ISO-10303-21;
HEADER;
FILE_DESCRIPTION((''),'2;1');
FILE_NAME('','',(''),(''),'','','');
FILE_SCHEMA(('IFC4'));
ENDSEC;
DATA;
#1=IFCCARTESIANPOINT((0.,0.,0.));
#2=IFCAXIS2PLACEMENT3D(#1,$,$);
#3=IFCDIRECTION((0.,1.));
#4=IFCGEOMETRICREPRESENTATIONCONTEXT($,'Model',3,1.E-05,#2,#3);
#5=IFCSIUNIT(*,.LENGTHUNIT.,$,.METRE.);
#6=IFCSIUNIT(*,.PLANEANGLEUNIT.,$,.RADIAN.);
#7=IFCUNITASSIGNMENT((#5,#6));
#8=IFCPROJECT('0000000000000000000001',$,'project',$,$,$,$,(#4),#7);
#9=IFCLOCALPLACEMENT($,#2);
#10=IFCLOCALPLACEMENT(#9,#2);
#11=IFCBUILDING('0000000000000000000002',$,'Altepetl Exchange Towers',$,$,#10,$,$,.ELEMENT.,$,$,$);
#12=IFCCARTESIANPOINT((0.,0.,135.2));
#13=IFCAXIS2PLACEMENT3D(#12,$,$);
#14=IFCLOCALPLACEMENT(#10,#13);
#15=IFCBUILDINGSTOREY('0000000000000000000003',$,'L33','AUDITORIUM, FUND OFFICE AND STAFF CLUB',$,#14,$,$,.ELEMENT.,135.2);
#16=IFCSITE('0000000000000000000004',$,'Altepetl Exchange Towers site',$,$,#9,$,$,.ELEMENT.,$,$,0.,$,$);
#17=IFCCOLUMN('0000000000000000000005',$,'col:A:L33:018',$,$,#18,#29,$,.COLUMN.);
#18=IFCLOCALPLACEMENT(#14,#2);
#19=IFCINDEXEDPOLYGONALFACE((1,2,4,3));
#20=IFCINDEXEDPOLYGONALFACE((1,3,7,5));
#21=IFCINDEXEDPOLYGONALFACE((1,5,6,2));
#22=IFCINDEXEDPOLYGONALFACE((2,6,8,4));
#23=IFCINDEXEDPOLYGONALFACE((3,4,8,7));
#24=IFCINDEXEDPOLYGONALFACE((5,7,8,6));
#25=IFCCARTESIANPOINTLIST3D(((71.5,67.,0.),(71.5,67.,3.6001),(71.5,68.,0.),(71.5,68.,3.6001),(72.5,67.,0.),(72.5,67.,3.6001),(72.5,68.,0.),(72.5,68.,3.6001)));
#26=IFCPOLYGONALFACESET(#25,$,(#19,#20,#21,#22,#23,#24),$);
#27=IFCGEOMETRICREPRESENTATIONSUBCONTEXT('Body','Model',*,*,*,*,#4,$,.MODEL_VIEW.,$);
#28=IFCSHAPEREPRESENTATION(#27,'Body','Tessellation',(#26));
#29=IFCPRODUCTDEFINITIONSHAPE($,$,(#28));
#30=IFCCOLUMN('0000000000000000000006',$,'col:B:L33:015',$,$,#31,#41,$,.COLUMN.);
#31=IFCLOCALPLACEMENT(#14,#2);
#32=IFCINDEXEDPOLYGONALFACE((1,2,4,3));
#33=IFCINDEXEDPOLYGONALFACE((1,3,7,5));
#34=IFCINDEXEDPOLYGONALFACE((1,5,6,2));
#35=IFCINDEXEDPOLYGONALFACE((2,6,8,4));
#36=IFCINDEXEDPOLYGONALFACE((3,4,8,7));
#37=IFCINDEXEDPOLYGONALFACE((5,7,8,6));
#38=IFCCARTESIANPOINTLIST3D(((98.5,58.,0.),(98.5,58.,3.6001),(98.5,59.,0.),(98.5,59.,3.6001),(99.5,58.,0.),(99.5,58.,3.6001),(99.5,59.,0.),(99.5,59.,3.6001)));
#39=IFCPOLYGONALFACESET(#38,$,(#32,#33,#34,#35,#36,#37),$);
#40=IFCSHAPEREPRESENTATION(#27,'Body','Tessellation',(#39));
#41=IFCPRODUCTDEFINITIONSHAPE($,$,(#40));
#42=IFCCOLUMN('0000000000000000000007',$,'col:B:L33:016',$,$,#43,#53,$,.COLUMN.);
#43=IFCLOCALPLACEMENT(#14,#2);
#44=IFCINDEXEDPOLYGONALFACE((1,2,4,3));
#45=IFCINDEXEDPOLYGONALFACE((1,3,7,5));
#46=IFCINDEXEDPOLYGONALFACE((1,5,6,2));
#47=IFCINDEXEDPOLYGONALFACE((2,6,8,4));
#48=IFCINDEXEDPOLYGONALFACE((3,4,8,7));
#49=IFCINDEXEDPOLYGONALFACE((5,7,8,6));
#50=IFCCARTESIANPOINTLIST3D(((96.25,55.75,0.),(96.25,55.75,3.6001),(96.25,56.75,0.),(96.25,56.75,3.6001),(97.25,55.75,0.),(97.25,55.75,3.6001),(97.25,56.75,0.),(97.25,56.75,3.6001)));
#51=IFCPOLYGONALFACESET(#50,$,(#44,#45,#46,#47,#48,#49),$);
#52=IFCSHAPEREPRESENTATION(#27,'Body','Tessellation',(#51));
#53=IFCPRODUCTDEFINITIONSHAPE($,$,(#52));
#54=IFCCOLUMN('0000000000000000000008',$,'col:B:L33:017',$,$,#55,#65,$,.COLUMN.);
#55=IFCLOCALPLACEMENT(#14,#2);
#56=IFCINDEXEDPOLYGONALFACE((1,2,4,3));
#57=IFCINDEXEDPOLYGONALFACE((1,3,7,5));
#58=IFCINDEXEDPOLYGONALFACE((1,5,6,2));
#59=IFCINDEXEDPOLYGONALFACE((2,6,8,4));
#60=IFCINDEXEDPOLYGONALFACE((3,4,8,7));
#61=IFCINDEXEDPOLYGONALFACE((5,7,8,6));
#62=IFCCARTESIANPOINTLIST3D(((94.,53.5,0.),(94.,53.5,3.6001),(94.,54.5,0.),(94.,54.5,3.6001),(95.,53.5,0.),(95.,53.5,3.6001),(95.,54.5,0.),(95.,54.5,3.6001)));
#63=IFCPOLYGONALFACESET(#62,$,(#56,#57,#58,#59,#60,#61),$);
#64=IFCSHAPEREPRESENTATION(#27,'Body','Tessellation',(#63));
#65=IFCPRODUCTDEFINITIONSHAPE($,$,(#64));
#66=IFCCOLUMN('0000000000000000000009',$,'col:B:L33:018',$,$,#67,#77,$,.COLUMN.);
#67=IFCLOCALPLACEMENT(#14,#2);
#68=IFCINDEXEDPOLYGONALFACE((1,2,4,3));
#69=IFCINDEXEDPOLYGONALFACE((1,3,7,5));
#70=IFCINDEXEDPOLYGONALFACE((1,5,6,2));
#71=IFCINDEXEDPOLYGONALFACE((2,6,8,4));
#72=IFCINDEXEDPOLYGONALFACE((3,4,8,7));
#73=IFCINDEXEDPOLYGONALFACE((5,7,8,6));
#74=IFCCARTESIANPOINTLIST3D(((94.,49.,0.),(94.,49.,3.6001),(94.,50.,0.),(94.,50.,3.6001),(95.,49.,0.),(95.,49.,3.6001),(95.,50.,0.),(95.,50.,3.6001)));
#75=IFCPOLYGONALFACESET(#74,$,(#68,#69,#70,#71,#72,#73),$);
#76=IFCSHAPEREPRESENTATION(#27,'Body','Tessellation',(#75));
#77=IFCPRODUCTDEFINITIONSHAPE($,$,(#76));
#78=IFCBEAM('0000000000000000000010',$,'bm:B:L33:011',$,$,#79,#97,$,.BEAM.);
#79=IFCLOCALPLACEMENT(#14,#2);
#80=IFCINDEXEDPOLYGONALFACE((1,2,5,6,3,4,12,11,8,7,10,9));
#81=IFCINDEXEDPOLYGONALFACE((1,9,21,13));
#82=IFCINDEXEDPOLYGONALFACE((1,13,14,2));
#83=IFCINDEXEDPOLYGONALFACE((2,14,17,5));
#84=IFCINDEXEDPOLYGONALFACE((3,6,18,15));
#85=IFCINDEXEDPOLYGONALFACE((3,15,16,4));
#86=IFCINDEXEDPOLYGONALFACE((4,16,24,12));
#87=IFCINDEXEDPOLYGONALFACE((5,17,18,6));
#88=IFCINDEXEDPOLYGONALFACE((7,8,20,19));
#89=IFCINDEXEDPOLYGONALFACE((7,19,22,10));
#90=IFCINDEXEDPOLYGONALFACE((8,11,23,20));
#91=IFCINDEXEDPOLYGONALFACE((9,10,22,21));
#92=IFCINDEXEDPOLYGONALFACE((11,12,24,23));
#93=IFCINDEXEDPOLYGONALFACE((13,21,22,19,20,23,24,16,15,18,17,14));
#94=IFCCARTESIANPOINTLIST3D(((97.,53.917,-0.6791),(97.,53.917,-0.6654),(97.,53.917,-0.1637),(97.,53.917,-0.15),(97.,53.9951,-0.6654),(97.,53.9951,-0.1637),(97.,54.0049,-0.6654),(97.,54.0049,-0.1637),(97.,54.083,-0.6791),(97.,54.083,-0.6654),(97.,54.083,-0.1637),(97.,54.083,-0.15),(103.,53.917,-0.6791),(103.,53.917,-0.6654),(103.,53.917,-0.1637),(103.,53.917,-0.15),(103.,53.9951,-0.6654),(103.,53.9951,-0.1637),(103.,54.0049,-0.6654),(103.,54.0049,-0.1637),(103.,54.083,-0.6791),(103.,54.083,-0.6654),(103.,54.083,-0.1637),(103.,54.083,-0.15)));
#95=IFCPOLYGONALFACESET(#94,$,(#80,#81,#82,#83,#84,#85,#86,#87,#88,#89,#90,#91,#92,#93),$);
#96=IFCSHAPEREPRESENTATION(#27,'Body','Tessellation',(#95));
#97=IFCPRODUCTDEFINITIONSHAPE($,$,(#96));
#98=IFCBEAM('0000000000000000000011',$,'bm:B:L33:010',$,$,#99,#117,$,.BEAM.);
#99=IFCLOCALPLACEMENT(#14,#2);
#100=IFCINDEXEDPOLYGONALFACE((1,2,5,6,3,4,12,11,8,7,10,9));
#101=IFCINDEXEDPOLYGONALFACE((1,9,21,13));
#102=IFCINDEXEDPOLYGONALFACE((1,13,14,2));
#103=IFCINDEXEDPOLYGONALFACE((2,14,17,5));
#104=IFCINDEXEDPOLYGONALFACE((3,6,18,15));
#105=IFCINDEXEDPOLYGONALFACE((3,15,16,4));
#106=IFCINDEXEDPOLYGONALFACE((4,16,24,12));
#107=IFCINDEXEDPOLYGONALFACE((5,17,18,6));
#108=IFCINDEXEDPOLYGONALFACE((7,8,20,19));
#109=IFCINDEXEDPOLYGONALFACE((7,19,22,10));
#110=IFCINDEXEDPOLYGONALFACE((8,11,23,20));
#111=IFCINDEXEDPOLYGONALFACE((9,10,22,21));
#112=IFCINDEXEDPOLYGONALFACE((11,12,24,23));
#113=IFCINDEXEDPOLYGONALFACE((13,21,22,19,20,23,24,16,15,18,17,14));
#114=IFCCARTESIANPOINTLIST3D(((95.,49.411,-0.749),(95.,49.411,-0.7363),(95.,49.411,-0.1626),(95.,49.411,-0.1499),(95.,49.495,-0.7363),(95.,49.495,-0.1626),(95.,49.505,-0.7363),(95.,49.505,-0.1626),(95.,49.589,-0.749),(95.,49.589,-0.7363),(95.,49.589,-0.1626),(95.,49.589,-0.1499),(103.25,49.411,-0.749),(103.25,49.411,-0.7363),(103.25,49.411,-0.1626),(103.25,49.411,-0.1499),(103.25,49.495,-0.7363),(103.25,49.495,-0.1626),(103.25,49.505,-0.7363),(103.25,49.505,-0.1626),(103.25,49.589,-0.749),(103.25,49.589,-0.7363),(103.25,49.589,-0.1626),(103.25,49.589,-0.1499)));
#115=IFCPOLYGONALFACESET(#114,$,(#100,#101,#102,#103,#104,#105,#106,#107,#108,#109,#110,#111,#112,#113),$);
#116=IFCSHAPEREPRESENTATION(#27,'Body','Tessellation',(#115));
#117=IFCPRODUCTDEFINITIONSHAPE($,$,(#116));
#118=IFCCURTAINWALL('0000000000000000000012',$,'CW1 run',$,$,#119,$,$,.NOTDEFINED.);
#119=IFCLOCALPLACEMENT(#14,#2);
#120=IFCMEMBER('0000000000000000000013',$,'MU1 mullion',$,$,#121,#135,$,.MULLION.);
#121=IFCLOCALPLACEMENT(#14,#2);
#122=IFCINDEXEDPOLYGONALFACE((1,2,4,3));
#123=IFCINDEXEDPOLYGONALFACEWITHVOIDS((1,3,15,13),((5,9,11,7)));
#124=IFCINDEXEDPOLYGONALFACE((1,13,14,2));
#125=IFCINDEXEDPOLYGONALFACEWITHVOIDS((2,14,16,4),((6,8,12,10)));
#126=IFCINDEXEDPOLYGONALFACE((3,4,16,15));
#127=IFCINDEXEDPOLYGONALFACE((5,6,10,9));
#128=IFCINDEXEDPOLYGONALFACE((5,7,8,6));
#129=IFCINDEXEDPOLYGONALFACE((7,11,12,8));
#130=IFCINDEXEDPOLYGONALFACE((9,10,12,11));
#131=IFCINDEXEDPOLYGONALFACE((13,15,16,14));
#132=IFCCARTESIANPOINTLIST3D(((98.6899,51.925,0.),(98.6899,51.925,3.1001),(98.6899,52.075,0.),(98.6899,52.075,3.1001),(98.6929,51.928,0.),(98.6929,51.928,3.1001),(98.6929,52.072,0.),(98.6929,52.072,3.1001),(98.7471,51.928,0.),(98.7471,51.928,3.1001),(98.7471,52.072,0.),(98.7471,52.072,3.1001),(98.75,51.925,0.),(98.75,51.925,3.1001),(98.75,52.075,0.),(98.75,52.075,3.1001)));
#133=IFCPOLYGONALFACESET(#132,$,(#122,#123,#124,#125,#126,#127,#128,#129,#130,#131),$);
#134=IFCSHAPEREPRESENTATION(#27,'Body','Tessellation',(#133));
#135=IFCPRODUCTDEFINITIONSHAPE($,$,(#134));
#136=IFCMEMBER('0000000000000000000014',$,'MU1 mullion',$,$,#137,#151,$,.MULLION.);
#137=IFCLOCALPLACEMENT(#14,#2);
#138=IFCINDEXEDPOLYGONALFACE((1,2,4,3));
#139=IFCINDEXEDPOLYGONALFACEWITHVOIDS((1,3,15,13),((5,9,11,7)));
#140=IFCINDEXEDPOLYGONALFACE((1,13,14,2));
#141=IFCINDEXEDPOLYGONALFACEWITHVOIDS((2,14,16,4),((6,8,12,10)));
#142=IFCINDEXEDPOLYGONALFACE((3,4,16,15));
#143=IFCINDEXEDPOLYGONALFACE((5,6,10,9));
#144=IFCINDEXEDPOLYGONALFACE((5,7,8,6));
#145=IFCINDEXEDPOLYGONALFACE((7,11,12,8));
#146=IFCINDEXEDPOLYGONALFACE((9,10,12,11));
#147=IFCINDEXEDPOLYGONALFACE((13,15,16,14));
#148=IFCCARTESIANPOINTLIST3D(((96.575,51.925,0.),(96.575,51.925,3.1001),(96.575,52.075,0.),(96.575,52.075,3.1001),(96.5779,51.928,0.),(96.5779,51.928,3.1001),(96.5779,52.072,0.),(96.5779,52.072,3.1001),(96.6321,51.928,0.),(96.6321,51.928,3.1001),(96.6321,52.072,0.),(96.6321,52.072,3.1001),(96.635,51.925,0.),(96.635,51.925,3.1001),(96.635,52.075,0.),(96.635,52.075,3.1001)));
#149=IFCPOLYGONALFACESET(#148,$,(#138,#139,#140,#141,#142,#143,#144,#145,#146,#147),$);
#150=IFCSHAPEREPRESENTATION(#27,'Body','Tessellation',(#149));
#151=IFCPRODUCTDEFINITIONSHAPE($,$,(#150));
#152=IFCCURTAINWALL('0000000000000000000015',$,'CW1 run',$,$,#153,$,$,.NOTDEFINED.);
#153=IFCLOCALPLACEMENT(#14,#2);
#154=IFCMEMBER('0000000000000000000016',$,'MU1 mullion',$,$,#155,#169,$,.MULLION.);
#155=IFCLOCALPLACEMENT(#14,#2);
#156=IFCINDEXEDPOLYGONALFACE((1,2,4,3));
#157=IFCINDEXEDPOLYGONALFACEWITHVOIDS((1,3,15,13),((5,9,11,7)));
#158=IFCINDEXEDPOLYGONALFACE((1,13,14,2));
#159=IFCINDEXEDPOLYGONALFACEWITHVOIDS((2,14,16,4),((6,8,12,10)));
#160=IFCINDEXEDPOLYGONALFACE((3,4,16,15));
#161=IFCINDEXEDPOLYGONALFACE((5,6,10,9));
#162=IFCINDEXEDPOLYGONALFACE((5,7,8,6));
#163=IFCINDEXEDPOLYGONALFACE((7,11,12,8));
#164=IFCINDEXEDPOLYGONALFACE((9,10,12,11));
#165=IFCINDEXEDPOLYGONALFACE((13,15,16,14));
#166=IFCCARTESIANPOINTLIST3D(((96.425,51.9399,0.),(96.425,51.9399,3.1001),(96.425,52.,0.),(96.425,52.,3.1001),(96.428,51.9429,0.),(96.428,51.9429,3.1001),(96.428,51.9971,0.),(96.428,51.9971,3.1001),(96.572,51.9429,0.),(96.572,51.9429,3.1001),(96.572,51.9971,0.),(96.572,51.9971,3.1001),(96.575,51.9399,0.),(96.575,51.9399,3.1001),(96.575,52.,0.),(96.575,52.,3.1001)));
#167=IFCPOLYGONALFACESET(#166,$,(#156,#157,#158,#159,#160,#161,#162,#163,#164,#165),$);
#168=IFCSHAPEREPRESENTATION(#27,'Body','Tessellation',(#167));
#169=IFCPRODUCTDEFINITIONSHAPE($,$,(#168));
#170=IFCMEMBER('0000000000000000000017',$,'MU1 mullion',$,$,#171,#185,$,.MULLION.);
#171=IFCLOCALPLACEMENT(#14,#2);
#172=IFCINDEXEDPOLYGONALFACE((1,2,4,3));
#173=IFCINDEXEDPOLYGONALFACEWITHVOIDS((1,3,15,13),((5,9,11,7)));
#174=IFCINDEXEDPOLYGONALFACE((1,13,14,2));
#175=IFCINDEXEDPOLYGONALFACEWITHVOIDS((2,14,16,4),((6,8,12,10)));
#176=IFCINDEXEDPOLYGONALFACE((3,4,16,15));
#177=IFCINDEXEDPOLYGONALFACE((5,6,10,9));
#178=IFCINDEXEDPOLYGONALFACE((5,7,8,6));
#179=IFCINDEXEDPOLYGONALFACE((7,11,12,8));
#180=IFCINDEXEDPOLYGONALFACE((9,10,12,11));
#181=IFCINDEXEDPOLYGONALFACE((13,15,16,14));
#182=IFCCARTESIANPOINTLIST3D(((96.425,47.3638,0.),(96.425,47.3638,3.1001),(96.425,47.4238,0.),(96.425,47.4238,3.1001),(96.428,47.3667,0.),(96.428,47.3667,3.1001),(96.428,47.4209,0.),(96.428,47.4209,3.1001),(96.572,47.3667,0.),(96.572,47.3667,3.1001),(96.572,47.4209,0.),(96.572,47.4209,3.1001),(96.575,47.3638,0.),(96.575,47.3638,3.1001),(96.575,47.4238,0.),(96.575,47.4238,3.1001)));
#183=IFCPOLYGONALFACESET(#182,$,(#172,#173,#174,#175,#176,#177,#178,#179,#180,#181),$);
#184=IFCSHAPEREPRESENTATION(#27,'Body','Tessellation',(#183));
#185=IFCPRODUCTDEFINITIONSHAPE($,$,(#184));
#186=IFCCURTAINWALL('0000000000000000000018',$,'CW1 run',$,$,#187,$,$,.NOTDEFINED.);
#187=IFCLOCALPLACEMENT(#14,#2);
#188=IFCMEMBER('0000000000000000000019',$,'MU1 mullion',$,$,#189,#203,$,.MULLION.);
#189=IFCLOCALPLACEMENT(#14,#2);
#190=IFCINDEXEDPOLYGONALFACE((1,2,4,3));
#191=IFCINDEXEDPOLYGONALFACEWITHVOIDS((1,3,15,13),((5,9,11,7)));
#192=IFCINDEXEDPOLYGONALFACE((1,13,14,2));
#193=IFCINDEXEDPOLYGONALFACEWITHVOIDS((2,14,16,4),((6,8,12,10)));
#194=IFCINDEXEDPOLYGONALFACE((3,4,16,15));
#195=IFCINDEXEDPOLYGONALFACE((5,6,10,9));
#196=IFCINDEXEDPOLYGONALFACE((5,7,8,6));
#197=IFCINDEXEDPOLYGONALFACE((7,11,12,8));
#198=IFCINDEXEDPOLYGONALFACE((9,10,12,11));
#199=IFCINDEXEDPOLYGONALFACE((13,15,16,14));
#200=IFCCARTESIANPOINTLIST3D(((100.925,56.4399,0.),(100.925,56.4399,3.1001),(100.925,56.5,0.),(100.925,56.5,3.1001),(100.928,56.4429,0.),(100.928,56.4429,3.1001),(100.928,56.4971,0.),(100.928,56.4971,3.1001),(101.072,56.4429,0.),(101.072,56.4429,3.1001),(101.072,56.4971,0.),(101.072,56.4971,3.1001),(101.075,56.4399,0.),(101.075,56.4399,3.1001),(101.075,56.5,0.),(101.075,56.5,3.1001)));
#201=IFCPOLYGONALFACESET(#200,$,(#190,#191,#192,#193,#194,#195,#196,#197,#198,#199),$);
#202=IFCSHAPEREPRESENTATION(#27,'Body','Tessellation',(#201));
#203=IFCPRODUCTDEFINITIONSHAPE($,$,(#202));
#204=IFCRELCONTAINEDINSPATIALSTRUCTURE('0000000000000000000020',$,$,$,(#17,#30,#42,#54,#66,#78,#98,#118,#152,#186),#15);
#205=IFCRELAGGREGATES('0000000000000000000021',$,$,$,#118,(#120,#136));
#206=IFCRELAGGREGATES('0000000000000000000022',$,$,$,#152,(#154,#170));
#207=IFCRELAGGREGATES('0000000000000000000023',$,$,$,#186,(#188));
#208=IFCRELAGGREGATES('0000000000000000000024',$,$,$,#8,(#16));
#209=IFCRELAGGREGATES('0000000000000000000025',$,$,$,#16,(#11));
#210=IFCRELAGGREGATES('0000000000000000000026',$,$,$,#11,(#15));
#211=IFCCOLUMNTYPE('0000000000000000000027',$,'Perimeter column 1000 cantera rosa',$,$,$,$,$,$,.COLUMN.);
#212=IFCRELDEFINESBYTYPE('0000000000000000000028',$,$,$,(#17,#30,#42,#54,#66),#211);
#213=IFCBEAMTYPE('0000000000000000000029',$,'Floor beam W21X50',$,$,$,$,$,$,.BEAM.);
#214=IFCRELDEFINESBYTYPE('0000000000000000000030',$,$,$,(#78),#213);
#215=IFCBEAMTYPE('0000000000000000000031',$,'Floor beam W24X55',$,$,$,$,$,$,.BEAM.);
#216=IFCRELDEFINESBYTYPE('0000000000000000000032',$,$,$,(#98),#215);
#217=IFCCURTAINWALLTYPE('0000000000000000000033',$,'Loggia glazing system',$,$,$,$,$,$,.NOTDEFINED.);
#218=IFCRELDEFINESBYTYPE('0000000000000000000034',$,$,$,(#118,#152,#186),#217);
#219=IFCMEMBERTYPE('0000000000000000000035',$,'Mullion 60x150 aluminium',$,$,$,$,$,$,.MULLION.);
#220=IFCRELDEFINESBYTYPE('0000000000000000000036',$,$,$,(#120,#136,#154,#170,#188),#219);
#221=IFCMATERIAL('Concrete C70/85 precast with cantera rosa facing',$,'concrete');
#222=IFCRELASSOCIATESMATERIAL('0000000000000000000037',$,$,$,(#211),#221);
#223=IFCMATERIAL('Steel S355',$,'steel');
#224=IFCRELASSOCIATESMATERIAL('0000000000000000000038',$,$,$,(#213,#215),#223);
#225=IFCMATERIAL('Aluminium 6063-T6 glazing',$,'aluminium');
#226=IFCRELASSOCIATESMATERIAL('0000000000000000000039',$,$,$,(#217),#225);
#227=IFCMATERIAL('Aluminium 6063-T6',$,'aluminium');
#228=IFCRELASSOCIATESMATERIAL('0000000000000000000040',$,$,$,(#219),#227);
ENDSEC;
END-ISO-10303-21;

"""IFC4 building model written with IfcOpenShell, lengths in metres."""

from ifc_helpers import new_model, si_unit, direction, frame, origin, origin_2d, place, context, subcontext, project, spatial, rectangle, hollow_rectangle, i_section, extrude, material, material_profile, profile_set, type_object, element, aggregate, save


model = new_model("IFC4")

# Units and contexts
model_context = context("Model", 3, precision=1e-05, world=origin(), true_north=direction((0.0, 1.0)))
body_context = subcontext(model_context, "Body", "Model", "MODEL_VIEW")
ifc_project = project(units=[si_unit("LENGTHUNIT", "METRE"), si_unit("PLANEANGLEUNIT", "RADIAN")], contexts=[model_context])

# Site, building, storey
site_placement = place(None, origin())
site = spatial("IfcSite", under=ifc_project, at=site_placement, Name="Altepetl Exchange Towers site", CompositionType="ELEMENT", RefElevation=0.0)
building_placement = place(site_placement, origin())
building = spatial("IfcBuilding", under=site, at=building_placement, Name="Altepetl Exchange Towers", CompositionType="ELEMENT")
storey_placement = place(building_placement, frame((0.0, 0.0, 135.2)))
storey = spatial("IfcBuildingStorey", under=building, at=storey_placement, Name="L33", Description="AUDITORIUM, FUND OFFICE AND STAFF CLUB", CompositionType="ELEMENT", Elevation=135.2)

# Columns
ifc_material_1 = material(Name="Concrete C70/85 precast with cantera rosa facing", Category="concrete")
ifc_material_profile_1 = material_profile(ifc_material_1, rectangle(XDim=1.0, YDim=1.0, at=origin_2d()), Name="1000 x 1000")
ifc_profile_set_1 = profile_set([ifc_material_profile_1], Name="Concrete C70/85 precast with cantera rosa facing")
column_type = type_object("IfcColumnType", Name="Perimeter column 1000 cantera rosa", PredefinedType="COLUMN", material=ifc_profile_set_1)
for number, where, name in (
    (1, (72.0, 67.5, 0.0), "col:A:L33:018"),
    (2, (99.0, 58.5, 0.0), "col:B:L33:015"),
    (3, (96.75, 56.25, 0.0), "col:B:L33:016"),
    (4, (94.5, 54.0, 0.0), "col:B:L33:017"),
    (5, (94.5, 49.5, 0.0), "col:B:L33:018"),
):
    element("IfcColumn", number, at=place(storey_placement, frame(where)), inside=storey, type_object=column_type, Name=name, PredefinedType="COLUMN", context=body_context, shape_type="SweptSolid", body=[
        extrude(rectangle(XDim=1.0, YDim=1.0, at=origin_2d()), origin(), (0.0, 0.0, 1.0), 3.6001),
    ])

# Beams
ifc_material_2 = material(Name="Steel S355", Category="steel")
ifc_material_profile_2 = material_profile(ifc_material_2, i_section(OverallWidth=0.166, OverallDepth=0.5291, WebThickness=0.0098, FlangeThickness=0.0137, at=origin_2d()), Name="W21X50")
ifc_profile_set_2 = profile_set([ifc_material_profile_2], Name="Steel S355")
beam_type_1 = type_object("IfcBeamType", Name="Floor beam W21X50", PredefinedType="BEAM", material=ifc_profile_set_2)
beam_1_placement = place(storey_placement, frame((97.0, 54.0, -0.4146), z_axis=(1.0, 0.0, 0.0), x_axis=(0.0, 1.0, 0.0)))
element("IfcBeam", 6, at=beam_1_placement, inside=storey, type_object=beam_type_1, Name="bm:B:L33:011", PredefinedType="BEAM", context=body_context, shape_type="SweptSolid", body=[
    extrude(i_section(OverallWidth=0.166, OverallDepth=0.5291, WebThickness=0.0098, FlangeThickness=0.0137, at=origin_2d()), origin(), (0.0, 0.0, 1.0), 6.0),
])
ifc_material_profile_3 = material_profile(ifc_material_2, i_section(OverallWidth=0.178, OverallDepth=0.5991, WebThickness=0.01, FlangeThickness=0.0127, at=origin_2d()), Name="W24X55")
ifc_profile_set_3 = profile_set([ifc_material_profile_3], Name="Steel S355")
beam_type_2 = type_object("IfcBeamType", Name="Floor beam W24X55", PredefinedType="BEAM", material=ifc_profile_set_3)
beam_2_placement = place(storey_placement, frame((95.0, 49.5, -0.4495), z_axis=(1.0, 0.0, 0.0), x_axis=(0.0, 1.0, 0.0)))
element("IfcBeam", 7, at=beam_2_placement, inside=storey, type_object=beam_type_2, Name="bm:B:L33:010", PredefinedType="BEAM", context=body_context, shape_type="SweptSolid", body=[
    extrude(i_section(OverallWidth=0.178, OverallDepth=0.5991, WebThickness=0.01, FlangeThickness=0.0127, at=origin_2d()), origin(), (0.0, 0.0, 1.0), 8.25),
])

# Curtain walls, members
ifc_material_3 = material(Name="Aluminium 6063-T6 glazing", Category="aluminium")
curtain_wall_type = type_object("IfcCurtainWallType", Name="Loggia glazing system", PredefinedType="NOTDEFINED", material=ifc_material_3)
curtain_wall_1_placement = place(storey_placement, origin())
curtain_wall_1 = element("IfcCurtainWall", 8, at=curtain_wall_1_placement, inside=storey, type_object=curtain_wall_type, Name="CW1 run", PredefinedType="NOTDEFINED")
ifc_material_4 = material(Name="Aluminium 6063-T6", Category="aluminium")
ifc_material_profile_4 = material_profile(ifc_material_4, hollow_rectangle(XDim=0.0601, YDim=0.1499, WallThickness=0.0029, at=origin_2d()), Name="Mullion 60x150 aluminium")
ifc_profile_set_4 = profile_set([ifc_material_profile_4], Name="Aluminium 6063-T6")
member_type = type_object("IfcMemberType", Name="Mullion 60x150 aluminium", PredefinedType="MULLION", material=ifc_profile_set_4)
member_1_placement = place(storey_placement, frame((98.72, 52.0, 0.0), z_axis=(0.0, 0.0, 1.0), x_axis=(-1.0, 0.0, 0.0)))
member_1 = element("IfcMember", 9, at=member_1_placement, type_object=member_type, Name="MU1 mullion", PredefinedType="MULLION", context=body_context, shape_type="SweptSolid", body=[
    extrude(hollow_rectangle(XDim=0.0601, YDim=0.1499, WallThickness=0.0029, at=origin_2d()), origin(), (0.0, 0.0, 1.0), 3.1001),
])
member_2_placement = place(storey_placement, frame((96.605, 52.0, 0.0), z_axis=(0.0, 0.0, 1.0), x_axis=(-1.0, 0.0, 0.0)))
member_2 = element("IfcMember", 10, at=member_2_placement, type_object=member_type, Name="MU1 mullion", PredefinedType="MULLION", context=body_context, shape_type="SweptSolid", body=[
    extrude(hollow_rectangle(XDim=0.0601, YDim=0.1499, WallThickness=0.0029, at=origin_2d()), origin(), (0.0, 0.0, 1.0), 3.1001),
])
curtain_wall_2_placement = place(storey_placement, origin())
curtain_wall_2 = element("IfcCurtainWall", 11, at=curtain_wall_2_placement, inside=storey, type_object=curtain_wall_type, Name="CW1 run", PredefinedType="NOTDEFINED")
member_3_placement = place(storey_placement, frame((96.5, 51.97, 0.0), z_axis=(0.0, 0.0, 1.0), x_axis=(0.0, -1.0, 0.0)))
member_3 = element("IfcMember", 12, at=member_3_placement, type_object=member_type, Name="MU1 mullion", PredefinedType="MULLION", context=body_context, shape_type="SweptSolid", body=[
    extrude(hollow_rectangle(XDim=0.0601, YDim=0.1499, WallThickness=0.0029, at=origin_2d()), origin(), (0.0, 0.0, 1.0), 3.1001),
])
member_4_placement = place(storey_placement, frame((96.5, 47.3938, 0.0), z_axis=(0.0, 0.0, 1.0), x_axis=(0.0, -1.0, 0.0)))
member_4 = element("IfcMember", 13, at=member_4_placement, type_object=member_type, Name="MU1 mullion", PredefinedType="MULLION", context=body_context, shape_type="SweptSolid", body=[
    extrude(hollow_rectangle(XDim=0.0601, YDim=0.1499, WallThickness=0.0029, at=origin_2d()), origin(), (0.0, 0.0, 1.0), 3.1001),
])
curtain_wall_3_placement = place(storey_placement, origin())
curtain_wall_3 = element("IfcCurtainWall", 14, at=curtain_wall_3_placement, inside=storey, type_object=curtain_wall_type, Name="CW1 run", PredefinedType="NOTDEFINED")
member_5_placement = place(storey_placement, frame((101.0, 56.47, 0.0), z_axis=(0.0, 0.0, 1.0), x_axis=(0.0, -1.0, 0.0)))
member_5 = element("IfcMember", 15, at=member_5_placement, type_object=member_type, Name="MU1 mullion", PredefinedType="MULLION", context=body_context, shape_type="SweptSolid", body=[
    extrude(hollow_rectangle(XDim=0.0601, YDim=0.1499, WallThickness=0.0029, at=origin_2d()), origin(), (0.0, 0.0, 1.0), 3.1001),
])

aggregate(curtain_wall_1, [member_1, member_2])
aggregate(curtain_wall_2, [member_3, member_4])
aggregate(curtain_wall_3, [member_5])

save(model, "model.ifc")
